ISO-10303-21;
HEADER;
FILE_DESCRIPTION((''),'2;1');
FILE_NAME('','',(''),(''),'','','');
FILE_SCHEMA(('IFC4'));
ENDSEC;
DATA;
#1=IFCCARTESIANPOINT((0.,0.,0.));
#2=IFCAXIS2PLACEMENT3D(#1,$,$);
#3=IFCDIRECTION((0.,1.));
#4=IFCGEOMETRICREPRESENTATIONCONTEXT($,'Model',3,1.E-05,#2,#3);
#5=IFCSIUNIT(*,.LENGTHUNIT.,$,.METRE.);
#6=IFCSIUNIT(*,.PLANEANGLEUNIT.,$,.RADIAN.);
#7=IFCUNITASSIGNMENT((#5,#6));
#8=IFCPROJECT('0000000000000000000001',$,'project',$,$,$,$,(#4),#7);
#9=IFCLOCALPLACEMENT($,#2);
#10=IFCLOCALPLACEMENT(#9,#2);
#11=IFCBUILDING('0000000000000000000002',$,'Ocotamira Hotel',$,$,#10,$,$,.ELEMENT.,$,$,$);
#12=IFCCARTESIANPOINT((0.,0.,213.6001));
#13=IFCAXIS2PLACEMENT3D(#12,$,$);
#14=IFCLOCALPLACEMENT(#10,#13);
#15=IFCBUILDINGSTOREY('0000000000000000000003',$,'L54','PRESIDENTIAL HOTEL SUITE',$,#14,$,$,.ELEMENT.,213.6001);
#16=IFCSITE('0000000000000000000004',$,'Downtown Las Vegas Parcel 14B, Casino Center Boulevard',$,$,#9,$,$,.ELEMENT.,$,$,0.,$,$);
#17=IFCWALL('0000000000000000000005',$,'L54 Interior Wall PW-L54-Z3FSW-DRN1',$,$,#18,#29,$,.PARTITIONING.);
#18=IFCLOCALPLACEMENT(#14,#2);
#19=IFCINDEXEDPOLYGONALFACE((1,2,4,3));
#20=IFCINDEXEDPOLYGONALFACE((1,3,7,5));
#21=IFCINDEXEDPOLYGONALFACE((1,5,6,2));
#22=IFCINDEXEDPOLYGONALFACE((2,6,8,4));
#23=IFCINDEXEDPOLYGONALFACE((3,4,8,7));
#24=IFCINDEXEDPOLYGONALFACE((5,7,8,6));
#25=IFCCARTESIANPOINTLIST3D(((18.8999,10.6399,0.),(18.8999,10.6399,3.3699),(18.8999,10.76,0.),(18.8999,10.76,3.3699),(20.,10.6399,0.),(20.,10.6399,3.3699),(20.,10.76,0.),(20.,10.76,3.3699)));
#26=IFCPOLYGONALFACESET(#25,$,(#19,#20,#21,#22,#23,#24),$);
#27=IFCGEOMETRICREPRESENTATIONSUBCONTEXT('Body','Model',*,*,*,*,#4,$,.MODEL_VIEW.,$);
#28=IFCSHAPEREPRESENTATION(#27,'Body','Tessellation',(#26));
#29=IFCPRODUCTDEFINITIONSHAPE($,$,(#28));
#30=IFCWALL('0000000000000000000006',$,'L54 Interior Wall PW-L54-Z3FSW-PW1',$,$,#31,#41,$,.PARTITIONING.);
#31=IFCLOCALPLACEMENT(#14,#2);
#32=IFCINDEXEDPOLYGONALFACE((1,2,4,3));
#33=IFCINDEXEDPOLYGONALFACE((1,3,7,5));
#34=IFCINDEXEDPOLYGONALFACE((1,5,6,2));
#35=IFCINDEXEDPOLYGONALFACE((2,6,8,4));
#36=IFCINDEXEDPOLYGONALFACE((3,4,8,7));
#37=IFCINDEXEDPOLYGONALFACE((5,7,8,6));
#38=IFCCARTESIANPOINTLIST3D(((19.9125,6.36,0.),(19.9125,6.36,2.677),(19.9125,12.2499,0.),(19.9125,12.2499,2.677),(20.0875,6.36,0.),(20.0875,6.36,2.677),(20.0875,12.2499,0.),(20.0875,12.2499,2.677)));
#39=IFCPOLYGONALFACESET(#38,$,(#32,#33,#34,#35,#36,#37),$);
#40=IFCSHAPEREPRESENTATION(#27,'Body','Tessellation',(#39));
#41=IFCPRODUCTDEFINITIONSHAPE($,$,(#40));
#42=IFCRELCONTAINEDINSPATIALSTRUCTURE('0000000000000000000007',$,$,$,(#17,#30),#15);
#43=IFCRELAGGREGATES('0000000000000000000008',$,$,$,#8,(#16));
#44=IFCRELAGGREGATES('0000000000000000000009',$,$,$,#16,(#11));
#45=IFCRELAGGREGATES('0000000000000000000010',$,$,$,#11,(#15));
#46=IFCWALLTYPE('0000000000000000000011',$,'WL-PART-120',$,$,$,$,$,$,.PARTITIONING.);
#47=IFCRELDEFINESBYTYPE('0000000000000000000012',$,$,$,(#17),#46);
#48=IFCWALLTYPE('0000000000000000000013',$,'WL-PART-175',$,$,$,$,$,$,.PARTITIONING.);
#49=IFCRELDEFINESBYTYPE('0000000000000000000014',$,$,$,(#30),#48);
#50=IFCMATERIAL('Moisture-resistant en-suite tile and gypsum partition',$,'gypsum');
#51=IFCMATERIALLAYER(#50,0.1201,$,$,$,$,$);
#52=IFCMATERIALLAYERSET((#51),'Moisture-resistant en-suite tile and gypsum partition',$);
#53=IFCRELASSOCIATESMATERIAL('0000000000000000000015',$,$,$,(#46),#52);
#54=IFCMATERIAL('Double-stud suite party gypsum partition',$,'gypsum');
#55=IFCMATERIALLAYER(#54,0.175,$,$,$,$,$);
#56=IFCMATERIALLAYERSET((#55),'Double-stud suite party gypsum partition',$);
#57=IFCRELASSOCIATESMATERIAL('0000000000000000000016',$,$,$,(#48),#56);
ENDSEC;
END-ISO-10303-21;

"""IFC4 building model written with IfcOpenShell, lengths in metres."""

from ifc_helpers import new_model, si_unit, direction, frame, frame_2d, origin, place, context, subcontext, project, spatial, rectangle, extrude, material, layer, layer_set, type_object, element, save


model = new_model("IFC4")

# Units and contexts
model_context = context("Model", 3, precision=1e-05, world=origin(), true_north=direction((0.0, 1.0)))
body_context = subcontext(model_context, "Body", "Model", "MODEL_VIEW")
ifc_project = project(units=[si_unit("LENGTHUNIT", "METRE"), si_unit("PLANEANGLEUNIT", "RADIAN")], contexts=[model_context])

# Site, building, storey
site_placement = place(None, origin())
site = spatial("IfcSite", under=ifc_project, at=site_placement, Name="Downtown Las Vegas Parcel 14B, Casino Center Boulevard", CompositionType="ELEMENT", RefElevation=0.0)
building_placement = place(site_placement, origin())
building = spatial("IfcBuilding", under=site, at=building_placement, Name="Ocotamira Hotel", CompositionType="ELEMENT")
storey_placement = place(building_placement, frame((0.0, 0.0, 213.6001)))
storey = spatial("IfcBuildingStorey", under=building, at=storey_placement, Name="L54", Description="PRESIDENTIAL HOTEL SUITE", CompositionType="ELEMENT", Elevation=213.6001)

# Shared definitions
ifc_material_1 = material(Name="Moisture-resistant en-suite tile and gypsum partition", Category="gypsum")
ifc_layer_1 = layer(ifc_material_1, 0.1201)
ifc_layer_set_1 = layer_set([ifc_layer_1], Name="Moisture-resistant en-suite tile and gypsum partition")
wall_type_1 = type_object("IfcWallType", Name="WL-PART-120", PredefinedType="PARTITIONING", material=ifc_layer_set_1)

# Walls
wall_1_placement = place(storey_placement, frame((18.8999, 10.7, 0.0), z_axis=(0.0, 0.0, 1.0), x_axis=(1.0, 0.0, 0.0)))
element("IfcWall", 1, at=wall_1_placement, inside=storey, type_object=wall_type_1, Name="L54 Interior Wall PW-L54-Z3FSW-DRN1", PredefinedType="PARTITIONING", context=body_context, shape_type="SweptSolid", body=[
    extrude(rectangle(XDim=1.1001, YDim=0.1201, at=frame_2d((0.55, 0.0))), origin(), (0.0, 0.0, 1.0), 3.3699),
])
ifc_material_2 = material(Name="Double-stud suite party gypsum partition", Category="gypsum")
ifc_layer_2 = layer(ifc_material_2, 0.175)
ifc_layer_set_2 = layer_set([ifc_layer_2], Name="Double-stud suite party gypsum partition")
wall_type_2 = type_object("IfcWallType", Name="WL-PART-175", PredefinedType="PARTITIONING", material=ifc_layer_set_2)
wall_2_placement = place(storey_placement, frame((20.0, 6.3601, 0.0), z_axis=(0.0, 0.0, 1.0), x_axis=(0.0, 1.0, 0.0)))
element("IfcWall", 2, at=wall_2_placement, inside=storey, type_object=wall_type_2, Name="L54 Interior Wall PW-L54-Z3FSW-PW1", PredefinedType="PARTITIONING", context=body_context, shape_type="SweptSolid", body=[
    extrude(rectangle(XDim=5.8899, YDim=0.175, at=frame_2d((2.9448, 0.0))), origin(), (0.0, 0.0, 1.0), 2.677),
])

save(model, "model.ifc")
